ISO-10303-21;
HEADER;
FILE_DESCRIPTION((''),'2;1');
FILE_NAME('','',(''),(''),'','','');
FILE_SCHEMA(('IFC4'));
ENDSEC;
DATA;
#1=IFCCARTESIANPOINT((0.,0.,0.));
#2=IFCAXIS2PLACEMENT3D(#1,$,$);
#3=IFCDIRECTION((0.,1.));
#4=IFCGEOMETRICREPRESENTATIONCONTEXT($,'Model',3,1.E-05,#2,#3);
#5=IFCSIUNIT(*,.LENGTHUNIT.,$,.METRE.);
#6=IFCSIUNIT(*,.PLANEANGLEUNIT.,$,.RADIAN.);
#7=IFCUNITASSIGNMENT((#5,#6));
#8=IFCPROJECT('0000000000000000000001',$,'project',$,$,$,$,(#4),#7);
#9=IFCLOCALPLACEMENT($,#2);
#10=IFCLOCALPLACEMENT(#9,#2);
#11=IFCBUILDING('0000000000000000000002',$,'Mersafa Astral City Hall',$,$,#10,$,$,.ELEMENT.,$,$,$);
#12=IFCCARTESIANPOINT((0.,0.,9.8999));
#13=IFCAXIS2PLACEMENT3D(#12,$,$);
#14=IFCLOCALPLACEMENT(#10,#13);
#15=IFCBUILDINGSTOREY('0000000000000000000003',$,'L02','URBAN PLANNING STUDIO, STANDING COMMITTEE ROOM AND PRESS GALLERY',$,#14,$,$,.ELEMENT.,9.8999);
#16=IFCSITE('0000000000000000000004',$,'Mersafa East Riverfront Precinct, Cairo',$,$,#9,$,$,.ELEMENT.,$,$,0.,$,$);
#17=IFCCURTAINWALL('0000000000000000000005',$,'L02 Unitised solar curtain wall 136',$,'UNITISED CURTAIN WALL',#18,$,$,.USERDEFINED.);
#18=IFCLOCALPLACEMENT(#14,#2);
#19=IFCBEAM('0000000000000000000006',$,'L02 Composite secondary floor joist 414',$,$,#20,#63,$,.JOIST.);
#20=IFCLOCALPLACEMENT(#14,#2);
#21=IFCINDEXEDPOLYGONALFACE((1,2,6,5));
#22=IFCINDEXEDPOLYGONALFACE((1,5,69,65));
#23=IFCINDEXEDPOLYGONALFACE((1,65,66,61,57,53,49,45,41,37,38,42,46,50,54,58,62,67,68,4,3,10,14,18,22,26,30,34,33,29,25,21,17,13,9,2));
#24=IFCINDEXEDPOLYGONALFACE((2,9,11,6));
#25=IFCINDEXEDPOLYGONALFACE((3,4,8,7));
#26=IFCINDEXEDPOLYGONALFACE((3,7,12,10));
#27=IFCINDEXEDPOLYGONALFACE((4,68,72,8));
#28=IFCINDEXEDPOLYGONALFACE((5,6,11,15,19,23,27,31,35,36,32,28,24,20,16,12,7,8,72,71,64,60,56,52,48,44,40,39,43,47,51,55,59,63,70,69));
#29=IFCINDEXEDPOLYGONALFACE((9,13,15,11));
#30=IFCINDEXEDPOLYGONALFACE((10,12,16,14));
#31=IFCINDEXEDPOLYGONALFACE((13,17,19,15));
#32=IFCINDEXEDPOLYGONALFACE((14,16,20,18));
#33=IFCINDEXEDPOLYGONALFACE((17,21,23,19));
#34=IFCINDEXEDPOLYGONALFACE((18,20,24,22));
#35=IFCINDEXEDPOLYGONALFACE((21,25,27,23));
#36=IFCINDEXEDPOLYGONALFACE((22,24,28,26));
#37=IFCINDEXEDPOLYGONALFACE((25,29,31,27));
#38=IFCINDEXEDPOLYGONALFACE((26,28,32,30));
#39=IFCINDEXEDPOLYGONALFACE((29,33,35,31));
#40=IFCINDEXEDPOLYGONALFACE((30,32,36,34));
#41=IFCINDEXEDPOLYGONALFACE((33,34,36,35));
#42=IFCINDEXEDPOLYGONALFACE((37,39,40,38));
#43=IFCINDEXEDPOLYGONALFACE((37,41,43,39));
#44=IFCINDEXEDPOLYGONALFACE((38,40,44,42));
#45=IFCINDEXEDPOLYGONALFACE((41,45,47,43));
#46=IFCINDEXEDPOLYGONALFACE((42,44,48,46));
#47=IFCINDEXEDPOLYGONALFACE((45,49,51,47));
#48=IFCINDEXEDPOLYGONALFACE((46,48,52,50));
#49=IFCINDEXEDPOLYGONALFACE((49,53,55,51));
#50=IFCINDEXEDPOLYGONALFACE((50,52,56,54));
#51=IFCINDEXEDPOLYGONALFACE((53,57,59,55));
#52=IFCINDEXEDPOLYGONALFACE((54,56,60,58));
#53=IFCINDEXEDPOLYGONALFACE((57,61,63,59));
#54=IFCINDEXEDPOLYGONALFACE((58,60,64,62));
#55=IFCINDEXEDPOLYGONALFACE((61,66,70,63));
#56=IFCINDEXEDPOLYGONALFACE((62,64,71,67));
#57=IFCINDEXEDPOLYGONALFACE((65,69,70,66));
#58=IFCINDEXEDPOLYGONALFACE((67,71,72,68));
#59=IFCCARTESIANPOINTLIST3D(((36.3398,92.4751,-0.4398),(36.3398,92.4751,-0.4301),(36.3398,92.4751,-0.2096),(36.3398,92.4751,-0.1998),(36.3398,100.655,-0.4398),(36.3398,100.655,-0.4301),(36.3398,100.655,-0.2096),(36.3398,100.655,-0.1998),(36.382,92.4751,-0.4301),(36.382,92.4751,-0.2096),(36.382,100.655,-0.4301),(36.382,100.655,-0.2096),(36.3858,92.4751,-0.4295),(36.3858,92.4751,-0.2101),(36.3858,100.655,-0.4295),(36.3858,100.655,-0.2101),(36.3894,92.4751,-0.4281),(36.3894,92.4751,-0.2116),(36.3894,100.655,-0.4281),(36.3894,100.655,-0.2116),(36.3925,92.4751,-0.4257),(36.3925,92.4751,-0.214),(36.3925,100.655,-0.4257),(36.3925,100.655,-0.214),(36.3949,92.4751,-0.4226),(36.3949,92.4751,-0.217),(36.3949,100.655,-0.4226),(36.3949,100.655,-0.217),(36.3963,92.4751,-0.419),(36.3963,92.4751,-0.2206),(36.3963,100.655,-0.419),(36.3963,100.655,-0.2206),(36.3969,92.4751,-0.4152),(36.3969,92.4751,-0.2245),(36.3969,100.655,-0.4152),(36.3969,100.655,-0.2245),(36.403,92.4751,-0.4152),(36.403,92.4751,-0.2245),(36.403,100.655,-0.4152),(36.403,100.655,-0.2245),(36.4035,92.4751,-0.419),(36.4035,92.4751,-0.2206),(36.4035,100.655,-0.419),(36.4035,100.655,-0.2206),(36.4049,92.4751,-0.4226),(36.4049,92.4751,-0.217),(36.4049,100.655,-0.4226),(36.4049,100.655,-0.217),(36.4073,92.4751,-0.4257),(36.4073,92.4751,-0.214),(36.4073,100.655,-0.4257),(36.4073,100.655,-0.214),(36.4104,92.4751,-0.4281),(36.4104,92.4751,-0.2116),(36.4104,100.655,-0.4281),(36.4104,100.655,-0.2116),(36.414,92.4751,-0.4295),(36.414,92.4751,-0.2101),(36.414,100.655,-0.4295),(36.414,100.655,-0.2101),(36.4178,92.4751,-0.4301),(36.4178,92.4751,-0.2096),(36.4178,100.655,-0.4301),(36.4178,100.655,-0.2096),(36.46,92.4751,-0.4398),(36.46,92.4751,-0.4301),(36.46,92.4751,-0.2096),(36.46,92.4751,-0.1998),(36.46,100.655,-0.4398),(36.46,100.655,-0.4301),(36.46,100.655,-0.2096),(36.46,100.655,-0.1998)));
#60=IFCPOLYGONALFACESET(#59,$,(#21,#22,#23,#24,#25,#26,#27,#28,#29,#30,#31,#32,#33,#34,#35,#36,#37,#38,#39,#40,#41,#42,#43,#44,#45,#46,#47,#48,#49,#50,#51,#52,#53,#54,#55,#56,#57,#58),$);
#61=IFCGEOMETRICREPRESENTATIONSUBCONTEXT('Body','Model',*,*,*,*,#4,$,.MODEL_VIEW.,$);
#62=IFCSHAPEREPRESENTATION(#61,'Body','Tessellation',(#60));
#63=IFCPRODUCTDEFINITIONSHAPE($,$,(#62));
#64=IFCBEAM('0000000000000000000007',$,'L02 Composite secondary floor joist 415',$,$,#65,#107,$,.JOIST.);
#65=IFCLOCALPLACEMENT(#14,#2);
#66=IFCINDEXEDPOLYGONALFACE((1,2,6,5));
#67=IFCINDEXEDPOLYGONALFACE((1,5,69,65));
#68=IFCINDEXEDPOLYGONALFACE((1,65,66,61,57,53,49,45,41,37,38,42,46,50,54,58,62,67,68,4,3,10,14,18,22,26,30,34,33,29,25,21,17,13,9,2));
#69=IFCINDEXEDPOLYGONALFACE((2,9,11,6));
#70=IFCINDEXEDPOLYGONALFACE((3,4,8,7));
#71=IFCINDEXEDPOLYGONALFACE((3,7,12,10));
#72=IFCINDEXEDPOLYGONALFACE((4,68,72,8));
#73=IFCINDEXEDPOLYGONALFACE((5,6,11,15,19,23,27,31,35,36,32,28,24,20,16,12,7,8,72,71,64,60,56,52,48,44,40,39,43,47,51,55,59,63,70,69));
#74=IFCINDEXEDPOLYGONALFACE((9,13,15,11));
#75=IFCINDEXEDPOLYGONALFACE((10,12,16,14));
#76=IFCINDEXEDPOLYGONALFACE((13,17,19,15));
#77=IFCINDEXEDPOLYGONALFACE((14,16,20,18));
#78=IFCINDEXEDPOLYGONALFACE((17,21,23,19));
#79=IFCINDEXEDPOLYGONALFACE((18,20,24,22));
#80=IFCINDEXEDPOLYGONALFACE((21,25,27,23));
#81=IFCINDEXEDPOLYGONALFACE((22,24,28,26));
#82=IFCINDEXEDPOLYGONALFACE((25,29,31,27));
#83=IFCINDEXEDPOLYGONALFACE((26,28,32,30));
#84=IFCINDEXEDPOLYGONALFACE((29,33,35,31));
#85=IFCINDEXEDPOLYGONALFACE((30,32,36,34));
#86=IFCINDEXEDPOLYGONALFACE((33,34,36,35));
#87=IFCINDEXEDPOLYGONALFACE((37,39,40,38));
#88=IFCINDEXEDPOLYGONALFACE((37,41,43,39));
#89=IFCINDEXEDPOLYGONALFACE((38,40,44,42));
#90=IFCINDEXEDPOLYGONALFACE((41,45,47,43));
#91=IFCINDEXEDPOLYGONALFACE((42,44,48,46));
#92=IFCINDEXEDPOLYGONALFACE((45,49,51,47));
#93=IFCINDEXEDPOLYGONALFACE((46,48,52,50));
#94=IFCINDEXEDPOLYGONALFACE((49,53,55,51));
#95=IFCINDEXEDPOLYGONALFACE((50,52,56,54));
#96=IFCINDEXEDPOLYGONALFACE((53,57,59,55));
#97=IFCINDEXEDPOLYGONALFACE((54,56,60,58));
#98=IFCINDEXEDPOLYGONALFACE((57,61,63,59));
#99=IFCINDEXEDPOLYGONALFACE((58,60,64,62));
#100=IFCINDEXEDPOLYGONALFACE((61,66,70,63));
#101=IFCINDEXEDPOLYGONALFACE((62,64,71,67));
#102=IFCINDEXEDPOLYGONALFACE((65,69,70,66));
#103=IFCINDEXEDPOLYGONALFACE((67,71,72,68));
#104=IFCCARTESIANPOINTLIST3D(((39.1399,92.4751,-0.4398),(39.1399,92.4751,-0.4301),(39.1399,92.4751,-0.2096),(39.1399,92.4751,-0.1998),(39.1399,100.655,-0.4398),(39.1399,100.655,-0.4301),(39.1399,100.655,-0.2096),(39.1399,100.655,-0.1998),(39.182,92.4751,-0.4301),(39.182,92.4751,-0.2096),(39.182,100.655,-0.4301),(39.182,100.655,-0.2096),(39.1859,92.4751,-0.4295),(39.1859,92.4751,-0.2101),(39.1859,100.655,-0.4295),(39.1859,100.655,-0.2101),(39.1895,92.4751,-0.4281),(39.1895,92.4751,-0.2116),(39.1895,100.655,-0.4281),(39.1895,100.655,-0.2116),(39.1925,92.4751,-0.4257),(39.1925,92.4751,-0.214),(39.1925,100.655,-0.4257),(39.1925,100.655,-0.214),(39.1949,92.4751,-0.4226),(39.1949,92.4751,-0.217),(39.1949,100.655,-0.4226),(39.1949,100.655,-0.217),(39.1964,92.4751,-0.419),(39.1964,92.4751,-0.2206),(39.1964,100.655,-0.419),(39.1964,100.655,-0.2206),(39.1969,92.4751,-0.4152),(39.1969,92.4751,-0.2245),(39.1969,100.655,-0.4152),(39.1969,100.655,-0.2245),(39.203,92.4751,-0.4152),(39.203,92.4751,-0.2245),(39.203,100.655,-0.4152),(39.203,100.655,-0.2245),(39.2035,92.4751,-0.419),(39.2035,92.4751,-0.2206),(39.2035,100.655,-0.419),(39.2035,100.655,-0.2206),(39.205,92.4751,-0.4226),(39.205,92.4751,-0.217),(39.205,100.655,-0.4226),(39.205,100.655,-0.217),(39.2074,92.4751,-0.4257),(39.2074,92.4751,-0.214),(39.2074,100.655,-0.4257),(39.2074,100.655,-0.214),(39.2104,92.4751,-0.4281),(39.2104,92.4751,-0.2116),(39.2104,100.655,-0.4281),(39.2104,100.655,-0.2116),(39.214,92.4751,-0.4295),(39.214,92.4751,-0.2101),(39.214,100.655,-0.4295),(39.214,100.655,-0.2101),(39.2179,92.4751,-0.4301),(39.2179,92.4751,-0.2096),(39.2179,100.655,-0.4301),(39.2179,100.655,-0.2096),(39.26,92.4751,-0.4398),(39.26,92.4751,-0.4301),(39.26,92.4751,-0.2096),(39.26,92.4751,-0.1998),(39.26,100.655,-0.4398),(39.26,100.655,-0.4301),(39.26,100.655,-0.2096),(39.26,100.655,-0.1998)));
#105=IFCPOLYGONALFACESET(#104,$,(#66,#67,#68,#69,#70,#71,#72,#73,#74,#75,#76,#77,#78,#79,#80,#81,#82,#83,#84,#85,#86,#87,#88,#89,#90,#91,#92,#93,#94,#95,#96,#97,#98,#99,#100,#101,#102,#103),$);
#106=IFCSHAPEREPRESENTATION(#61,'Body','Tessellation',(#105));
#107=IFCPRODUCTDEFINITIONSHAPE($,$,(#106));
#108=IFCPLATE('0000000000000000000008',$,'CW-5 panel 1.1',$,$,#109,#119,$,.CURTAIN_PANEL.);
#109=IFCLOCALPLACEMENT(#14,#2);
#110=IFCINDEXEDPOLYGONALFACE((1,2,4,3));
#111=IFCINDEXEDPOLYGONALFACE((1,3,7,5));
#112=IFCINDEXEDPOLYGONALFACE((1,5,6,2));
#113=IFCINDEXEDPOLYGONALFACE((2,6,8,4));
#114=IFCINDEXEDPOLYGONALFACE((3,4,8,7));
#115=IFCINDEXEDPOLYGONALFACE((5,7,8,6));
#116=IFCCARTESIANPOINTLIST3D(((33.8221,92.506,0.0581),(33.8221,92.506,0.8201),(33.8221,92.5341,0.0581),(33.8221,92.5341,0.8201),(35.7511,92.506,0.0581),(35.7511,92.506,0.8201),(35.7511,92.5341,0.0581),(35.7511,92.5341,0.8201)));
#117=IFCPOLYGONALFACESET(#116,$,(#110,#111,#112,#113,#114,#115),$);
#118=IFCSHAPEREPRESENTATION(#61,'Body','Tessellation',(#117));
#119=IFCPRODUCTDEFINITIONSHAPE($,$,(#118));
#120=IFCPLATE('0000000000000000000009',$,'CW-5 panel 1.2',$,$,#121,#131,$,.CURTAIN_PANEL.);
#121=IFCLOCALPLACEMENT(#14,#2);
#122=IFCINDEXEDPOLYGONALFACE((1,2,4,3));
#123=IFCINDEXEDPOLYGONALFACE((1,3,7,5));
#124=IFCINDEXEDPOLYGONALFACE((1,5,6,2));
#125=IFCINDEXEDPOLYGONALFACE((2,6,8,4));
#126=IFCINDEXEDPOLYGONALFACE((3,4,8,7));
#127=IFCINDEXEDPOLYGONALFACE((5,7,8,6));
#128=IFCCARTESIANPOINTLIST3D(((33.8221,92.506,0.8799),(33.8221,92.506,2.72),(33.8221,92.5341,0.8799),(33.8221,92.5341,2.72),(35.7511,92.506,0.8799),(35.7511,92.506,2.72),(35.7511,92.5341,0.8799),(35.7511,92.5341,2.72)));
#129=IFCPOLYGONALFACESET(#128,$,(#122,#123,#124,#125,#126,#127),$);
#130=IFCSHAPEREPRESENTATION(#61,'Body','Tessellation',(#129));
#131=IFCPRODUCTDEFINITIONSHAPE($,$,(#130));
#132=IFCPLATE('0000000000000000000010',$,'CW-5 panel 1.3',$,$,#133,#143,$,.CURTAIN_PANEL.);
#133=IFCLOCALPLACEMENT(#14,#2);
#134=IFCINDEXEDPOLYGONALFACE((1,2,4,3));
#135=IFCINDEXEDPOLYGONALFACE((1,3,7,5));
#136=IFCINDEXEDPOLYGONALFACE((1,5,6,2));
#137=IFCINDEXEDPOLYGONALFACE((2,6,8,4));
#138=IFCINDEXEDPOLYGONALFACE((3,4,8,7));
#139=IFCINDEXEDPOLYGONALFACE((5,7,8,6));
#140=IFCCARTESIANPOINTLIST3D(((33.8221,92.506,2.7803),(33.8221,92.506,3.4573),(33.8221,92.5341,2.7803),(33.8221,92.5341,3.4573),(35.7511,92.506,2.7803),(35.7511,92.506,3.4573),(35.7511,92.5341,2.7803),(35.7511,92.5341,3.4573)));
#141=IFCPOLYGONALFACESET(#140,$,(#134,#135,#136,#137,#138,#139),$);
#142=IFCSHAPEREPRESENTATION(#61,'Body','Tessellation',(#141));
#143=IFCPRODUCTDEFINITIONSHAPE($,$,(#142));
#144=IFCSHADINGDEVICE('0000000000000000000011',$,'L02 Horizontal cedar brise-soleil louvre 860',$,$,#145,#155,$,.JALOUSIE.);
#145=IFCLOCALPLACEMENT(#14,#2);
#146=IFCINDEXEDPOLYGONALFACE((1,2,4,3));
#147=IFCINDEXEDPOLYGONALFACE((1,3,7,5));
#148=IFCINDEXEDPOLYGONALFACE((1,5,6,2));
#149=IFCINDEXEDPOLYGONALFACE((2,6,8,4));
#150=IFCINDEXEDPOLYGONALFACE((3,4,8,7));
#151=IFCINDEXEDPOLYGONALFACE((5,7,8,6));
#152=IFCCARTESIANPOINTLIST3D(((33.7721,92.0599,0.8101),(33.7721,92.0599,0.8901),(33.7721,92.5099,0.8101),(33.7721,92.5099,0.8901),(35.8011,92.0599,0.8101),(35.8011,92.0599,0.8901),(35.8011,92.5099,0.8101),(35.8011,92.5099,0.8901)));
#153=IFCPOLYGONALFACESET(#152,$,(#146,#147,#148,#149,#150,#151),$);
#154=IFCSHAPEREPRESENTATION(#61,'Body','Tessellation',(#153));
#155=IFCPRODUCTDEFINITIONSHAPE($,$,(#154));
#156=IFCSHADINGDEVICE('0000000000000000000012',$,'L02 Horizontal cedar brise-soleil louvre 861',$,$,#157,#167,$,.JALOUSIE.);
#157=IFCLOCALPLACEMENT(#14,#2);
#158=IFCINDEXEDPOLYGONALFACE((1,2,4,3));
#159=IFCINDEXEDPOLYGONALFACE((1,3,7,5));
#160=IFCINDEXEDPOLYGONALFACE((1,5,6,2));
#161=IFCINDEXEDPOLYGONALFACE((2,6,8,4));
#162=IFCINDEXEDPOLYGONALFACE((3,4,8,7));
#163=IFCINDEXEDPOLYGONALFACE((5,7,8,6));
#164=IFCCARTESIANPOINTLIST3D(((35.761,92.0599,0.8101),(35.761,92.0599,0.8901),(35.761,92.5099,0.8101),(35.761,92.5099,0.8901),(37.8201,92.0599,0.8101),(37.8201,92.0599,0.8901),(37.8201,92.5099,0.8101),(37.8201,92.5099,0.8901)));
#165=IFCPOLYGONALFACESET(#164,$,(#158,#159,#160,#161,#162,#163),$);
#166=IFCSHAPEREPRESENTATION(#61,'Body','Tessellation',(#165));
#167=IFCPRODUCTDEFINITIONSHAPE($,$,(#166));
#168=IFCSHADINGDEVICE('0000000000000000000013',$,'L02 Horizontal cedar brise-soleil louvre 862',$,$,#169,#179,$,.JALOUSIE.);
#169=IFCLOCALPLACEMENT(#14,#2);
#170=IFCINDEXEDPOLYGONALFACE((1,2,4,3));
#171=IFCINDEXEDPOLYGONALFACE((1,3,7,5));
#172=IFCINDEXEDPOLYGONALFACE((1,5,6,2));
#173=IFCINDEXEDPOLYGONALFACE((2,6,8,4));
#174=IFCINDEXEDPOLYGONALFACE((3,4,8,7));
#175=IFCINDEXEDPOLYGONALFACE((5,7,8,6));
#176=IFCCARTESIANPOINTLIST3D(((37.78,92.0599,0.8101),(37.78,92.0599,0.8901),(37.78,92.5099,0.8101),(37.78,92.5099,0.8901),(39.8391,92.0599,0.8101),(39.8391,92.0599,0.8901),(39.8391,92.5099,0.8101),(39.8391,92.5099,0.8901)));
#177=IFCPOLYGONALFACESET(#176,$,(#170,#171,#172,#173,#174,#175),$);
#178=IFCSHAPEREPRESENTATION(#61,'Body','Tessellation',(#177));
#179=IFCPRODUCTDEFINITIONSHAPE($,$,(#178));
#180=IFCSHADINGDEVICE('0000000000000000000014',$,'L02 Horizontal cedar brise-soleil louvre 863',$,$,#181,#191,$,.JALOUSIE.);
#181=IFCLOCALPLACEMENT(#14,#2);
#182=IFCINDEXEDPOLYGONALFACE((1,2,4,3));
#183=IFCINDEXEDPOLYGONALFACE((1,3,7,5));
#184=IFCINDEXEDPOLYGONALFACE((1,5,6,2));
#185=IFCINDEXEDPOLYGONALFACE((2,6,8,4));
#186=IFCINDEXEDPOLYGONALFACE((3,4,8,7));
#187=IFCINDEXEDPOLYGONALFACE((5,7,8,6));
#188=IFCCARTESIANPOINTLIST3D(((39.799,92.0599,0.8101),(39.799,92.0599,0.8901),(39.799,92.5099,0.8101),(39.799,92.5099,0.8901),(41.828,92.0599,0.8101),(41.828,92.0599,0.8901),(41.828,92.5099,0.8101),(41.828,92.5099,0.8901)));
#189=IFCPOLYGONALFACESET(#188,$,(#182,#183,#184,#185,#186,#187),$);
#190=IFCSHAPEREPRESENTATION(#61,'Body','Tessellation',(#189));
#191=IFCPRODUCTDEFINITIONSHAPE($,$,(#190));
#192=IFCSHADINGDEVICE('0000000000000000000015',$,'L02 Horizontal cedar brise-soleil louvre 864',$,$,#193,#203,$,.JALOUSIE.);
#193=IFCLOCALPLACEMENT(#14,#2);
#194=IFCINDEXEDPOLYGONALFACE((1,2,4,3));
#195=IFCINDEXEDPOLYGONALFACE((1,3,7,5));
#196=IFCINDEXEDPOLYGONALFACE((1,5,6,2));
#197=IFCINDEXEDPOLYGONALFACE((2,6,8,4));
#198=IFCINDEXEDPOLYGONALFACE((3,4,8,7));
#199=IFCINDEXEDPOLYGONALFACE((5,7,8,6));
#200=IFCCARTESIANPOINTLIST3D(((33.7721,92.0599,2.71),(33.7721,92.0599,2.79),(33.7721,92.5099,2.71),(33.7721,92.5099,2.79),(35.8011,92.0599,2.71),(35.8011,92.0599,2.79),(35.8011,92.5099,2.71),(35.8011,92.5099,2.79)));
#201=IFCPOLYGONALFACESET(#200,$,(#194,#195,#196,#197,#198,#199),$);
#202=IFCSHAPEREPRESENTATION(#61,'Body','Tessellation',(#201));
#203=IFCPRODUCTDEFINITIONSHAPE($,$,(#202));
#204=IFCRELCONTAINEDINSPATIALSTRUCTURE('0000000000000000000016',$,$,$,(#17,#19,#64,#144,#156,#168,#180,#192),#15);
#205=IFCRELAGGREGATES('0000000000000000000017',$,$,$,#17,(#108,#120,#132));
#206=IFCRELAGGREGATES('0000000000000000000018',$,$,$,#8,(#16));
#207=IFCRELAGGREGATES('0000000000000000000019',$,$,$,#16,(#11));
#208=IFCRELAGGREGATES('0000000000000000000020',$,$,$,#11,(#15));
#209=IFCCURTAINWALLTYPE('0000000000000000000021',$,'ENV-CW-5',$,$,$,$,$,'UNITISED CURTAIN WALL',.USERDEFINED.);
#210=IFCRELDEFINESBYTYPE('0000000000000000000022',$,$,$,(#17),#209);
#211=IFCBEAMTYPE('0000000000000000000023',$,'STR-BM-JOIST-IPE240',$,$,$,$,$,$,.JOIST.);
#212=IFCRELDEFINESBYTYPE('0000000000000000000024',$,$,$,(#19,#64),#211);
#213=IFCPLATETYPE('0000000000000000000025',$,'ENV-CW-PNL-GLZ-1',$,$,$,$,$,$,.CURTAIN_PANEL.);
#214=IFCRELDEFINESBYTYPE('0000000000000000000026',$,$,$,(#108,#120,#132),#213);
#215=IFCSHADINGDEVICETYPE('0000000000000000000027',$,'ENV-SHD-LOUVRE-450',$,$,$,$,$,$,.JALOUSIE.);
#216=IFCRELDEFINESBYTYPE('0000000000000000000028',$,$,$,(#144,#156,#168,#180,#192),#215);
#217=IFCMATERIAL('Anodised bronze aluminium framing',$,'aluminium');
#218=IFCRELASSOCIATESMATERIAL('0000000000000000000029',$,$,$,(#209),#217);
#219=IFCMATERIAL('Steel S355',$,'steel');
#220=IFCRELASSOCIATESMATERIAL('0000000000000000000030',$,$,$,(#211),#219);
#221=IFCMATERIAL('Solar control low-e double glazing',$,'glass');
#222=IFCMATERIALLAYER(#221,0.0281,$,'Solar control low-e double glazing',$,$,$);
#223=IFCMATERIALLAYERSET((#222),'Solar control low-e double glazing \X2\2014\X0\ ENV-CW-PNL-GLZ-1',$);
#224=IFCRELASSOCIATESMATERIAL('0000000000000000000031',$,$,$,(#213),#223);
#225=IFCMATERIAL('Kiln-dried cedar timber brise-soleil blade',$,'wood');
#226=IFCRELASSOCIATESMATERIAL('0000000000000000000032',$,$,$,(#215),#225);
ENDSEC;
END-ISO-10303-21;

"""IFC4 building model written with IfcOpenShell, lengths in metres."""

from ifc_helpers import new_model, si_unit, direction, frame, origin, origin_2d, place, context, subcontext, project, spatial, rectangle, i_section, extrude, material, layer, layer_set, material_profile, profile_set, type_object, element, aggregate, save


model = new_model("IFC4")

# Units and contexts
model_context = context("Model", 3, precision=1e-05, world=origin(), true_north=direction((0.0, 1.0)))
body_context = subcontext(model_context, "Body", "Model", "MODEL_VIEW")
ifc_project = project(units=[si_unit("LENGTHUNIT", "METRE"), si_unit("PLANEANGLEUNIT", "RADIAN")], contexts=[model_context])

# Site, building, storey
site_placement = place(None, origin())
site = spatial("IfcSite", under=ifc_project, at=site_placement, Name="Mersafa East Riverfront Precinct, Cairo", CompositionType="ELEMENT", RefElevation=0.0)
building_placement = place(site_placement, origin())
building = spatial("IfcBuilding", under=site, at=building_placement, Name="Mersafa Astral City Hall", CompositionType="ELEMENT")
storey_placement = place(building_placement, frame((0.0, 0.0, 9.8999)))
storey = spatial("IfcBuildingStorey", under=building, at=storey_placement, Name="L02", Description="URBAN PLANNING STUDIO, STANDING COMMITTEE ROOM AND PRESS GALLERY", CompositionType="ELEMENT", Elevation=9.8999)

# Curtain wall
ifc_material_1 = material(Name="Anodised bronze aluminium framing", Category="aluminium")
curtain_wall_type = type_object("IfcCurtainWallType", Name="ENV-CW-5", ElementType="UNITISED CURTAIN WALL", PredefinedType="USERDEFINED", material=ifc_material_1)
curtain_wall_placement = place(storey_placement, origin())
curtain_wall = element("IfcCurtainWall", 1, at=curtain_wall_placement, inside=storey, type_object=curtain_wall_type, Name="L02 Unitised solar curtain wall 136", ObjectType="UNITISED CURTAIN WALL", PredefinedType="USERDEFINED")

# Beams
ifc_material_2 = material(Name="Steel S355", Category="steel")
ifc_material_profile_1 = material_profile(ifc_material_2, i_section(OverallWidth=0.1201, OverallDepth=0.24, WebThickness=0.0061, FlangeThickness=0.0098, FilletRadius=0.0149, at=origin_2d()), Name="IPE 240")
ifc_profile_set_1 = profile_set([ifc_material_profile_1], Name="Steel S355")
beam_type = type_object("IfcBeamType", Name="STR-BM-JOIST-IPE240", PredefinedType="JOIST", material=ifc_profile_set_1)
for number, where, z_axis, x_axis, name in (
    (2, (36.3999, 92.4751, -0.3198), (0.0, 1.0, 0.0), (-1.0, 0.0, 0.0), "L02 Composite secondary floor joist 414"),
    (3, (39.2, 92.4751, -0.3198), (0.0, 1.0, 0.0), (-1.0, 0.0, 0.0), "L02 Composite secondary floor joist 415"),
):
    element("IfcBeam", number, at=place(storey_placement, frame(where, z_axis=z_axis, x_axis=x_axis)), inside=storey, type_object=beam_type, Name=name, PredefinedType="JOIST", context=body_context, shape_type="SweptSolid", body=[
        extrude(i_section(OverallWidth=0.1201, OverallDepth=0.24, WebThickness=0.0061, FlangeThickness=0.0098, FilletRadius=0.0149, at=origin_2d()), origin(), (0.0, 0.0, 1.0), 8.1799),
    ])

# Plates
ifc_material_3 = material(Name="Solar control low-e double glazing", Category="glass")
ifc_layer = layer(ifc_material_3, 0.0281, Name="Solar control low-e double glazing")
ifc_layer_set = layer_set([ifc_layer], Name="Solar control low-e double glazing — ENV-CW-PNL-GLZ-1")
plate_type = type_object("IfcPlateType", Name="ENV-CW-PNL-GLZ-1", PredefinedType="CURTAIN_PANEL", material=ifc_layer_set)
plate_1_placement = place(storey_placement, frame((34.7866, 92.52, 0.0581), z_axis=(0.0, 0.0, 1.0), x_axis=(1.0, 0.0, 0.0)))
plate_1 = element("IfcPlate", 4, at=plate_1_placement, type_object=plate_type, Name="CW-5 panel 1.1", PredefinedType="CURTAIN_PANEL", context=body_context, shape_type="SweptSolid", body=[
    extrude(rectangle(XDim=1.929, YDim=0.0281, at=origin_2d()), origin(), (0.0, 0.0, 1.0), 0.762),
])
plate_2_placement = place(storey_placement, frame((34.7866, 92.52, 0.8799), z_axis=(0.0, 0.0, 1.0), x_axis=(1.0, 0.0, 0.0)))
plate_2 = element("IfcPlate", 5, at=plate_2_placement, type_object=plate_type, Name="CW-5 panel 1.2", PredefinedType="CURTAIN_PANEL", context=body_context, shape_type="SweptSolid", body=[
    extrude(rectangle(XDim=1.929, YDim=0.0281, at=origin_2d()), origin(), (0.0, 0.0, 1.0), 1.8401),
])
plate_3_placement = place(storey_placement, frame((34.7866, 92.52, 2.7803), z_axis=(0.0, 0.0, 1.0), x_axis=(1.0, 0.0, 0.0)))
plate_3 = element("IfcPlate", 6, at=plate_3_placement, type_object=plate_type, Name="CW-5 panel 1.3", PredefinedType="CURTAIN_PANEL", context=body_context, shape_type="SweptSolid", body=[
    extrude(rectangle(XDim=1.929, YDim=0.0281, at=origin_2d()), origin(), (0.0, 0.0, 1.0), 0.677),
])
aggregate(curtain_wall, [plate_1, plate_2, plate_3])

# Shading devices
ifc_material_4 = material(Name="Kiln-dried cedar timber brise-soleil blade", Category="wood")
shading_device_type = type_object("IfcShadingDeviceType", Name="ENV-SHD-LOUVRE-450", PredefinedType="JALOUSIE", material=ifc_material_4)
shading_device_1_placement = place(storey_placement, frame((34.7866, 92.2849, 0.8101), z_axis=(0.0, 0.0, 1.0), x_axis=(1.0, 0.0, 0.0)))
element("IfcShadingDevice", 7, at=shading_device_1_placement, inside=storey, type_object=shading_device_type, Name="L02 Horizontal cedar brise-soleil louvre 860", PredefinedType="JALOUSIE", context=body_context, shape_type="SweptSolid", body=[
    extrude(rectangle(XDim=2.0291, YDim=0.45, at=origin_2d()), origin(), (0.0, 0.0, 1.0), 0.0801),
])
for number, where, z_axis, x_axis, name in (
    (8, (36.7905, 92.2849, 0.8101), (0.0, 0.0, 1.0), (1.0, 0.0, 0.0), "L02 Horizontal cedar brise-soleil louvre 861"),
    (9, (38.8096, 92.2849, 0.8101), (0.0, 0.0, 1.0), (1.0, 0.0, 0.0), "L02 Horizontal cedar brise-soleil louvre 862"),
):
    element("IfcShadingDevice", number, at=place(storey_placement, frame(where, z_axis=z_axis, x_axis=x_axis)), inside=storey, type_object=shading_device_type, Name=name, PredefinedType="JALOUSIE", context=body_context, shape_type="SweptSolid", body=[
        extrude(rectangle(XDim=2.0591, YDim=0.45, at=origin_2d()), origin(), (0.0, 0.0, 1.0), 0.0801),
    ])
for number, where, z_axis, x_axis, name in (
    (10, (40.8135, 92.2849, 0.8101), (0.0, 0.0, 1.0), (1.0, 0.0, 0.0), "L02 Horizontal cedar brise-soleil louvre 863"),
    (11, (34.7866, 92.2849, 2.71), (0.0, 0.0, 1.0), (1.0, 0.0, 0.0), "L02 Horizontal cedar brise-soleil louvre 864"),
):
    element("IfcShadingDevice", number, at=place(storey_placement, frame(where, z_axis=z_axis, x_axis=x_axis)), inside=storey, type_object=shading_device_type, Name=name, PredefinedType="JALOUSIE", context=body_context, shape_type="SweptSolid", body=[
        extrude(rectangle(XDim=2.0291, YDim=0.45, at=origin_2d()), origin(), (0.0, 0.0, 1.0), 0.0801),
    ])

save(model, "model.ifc")
